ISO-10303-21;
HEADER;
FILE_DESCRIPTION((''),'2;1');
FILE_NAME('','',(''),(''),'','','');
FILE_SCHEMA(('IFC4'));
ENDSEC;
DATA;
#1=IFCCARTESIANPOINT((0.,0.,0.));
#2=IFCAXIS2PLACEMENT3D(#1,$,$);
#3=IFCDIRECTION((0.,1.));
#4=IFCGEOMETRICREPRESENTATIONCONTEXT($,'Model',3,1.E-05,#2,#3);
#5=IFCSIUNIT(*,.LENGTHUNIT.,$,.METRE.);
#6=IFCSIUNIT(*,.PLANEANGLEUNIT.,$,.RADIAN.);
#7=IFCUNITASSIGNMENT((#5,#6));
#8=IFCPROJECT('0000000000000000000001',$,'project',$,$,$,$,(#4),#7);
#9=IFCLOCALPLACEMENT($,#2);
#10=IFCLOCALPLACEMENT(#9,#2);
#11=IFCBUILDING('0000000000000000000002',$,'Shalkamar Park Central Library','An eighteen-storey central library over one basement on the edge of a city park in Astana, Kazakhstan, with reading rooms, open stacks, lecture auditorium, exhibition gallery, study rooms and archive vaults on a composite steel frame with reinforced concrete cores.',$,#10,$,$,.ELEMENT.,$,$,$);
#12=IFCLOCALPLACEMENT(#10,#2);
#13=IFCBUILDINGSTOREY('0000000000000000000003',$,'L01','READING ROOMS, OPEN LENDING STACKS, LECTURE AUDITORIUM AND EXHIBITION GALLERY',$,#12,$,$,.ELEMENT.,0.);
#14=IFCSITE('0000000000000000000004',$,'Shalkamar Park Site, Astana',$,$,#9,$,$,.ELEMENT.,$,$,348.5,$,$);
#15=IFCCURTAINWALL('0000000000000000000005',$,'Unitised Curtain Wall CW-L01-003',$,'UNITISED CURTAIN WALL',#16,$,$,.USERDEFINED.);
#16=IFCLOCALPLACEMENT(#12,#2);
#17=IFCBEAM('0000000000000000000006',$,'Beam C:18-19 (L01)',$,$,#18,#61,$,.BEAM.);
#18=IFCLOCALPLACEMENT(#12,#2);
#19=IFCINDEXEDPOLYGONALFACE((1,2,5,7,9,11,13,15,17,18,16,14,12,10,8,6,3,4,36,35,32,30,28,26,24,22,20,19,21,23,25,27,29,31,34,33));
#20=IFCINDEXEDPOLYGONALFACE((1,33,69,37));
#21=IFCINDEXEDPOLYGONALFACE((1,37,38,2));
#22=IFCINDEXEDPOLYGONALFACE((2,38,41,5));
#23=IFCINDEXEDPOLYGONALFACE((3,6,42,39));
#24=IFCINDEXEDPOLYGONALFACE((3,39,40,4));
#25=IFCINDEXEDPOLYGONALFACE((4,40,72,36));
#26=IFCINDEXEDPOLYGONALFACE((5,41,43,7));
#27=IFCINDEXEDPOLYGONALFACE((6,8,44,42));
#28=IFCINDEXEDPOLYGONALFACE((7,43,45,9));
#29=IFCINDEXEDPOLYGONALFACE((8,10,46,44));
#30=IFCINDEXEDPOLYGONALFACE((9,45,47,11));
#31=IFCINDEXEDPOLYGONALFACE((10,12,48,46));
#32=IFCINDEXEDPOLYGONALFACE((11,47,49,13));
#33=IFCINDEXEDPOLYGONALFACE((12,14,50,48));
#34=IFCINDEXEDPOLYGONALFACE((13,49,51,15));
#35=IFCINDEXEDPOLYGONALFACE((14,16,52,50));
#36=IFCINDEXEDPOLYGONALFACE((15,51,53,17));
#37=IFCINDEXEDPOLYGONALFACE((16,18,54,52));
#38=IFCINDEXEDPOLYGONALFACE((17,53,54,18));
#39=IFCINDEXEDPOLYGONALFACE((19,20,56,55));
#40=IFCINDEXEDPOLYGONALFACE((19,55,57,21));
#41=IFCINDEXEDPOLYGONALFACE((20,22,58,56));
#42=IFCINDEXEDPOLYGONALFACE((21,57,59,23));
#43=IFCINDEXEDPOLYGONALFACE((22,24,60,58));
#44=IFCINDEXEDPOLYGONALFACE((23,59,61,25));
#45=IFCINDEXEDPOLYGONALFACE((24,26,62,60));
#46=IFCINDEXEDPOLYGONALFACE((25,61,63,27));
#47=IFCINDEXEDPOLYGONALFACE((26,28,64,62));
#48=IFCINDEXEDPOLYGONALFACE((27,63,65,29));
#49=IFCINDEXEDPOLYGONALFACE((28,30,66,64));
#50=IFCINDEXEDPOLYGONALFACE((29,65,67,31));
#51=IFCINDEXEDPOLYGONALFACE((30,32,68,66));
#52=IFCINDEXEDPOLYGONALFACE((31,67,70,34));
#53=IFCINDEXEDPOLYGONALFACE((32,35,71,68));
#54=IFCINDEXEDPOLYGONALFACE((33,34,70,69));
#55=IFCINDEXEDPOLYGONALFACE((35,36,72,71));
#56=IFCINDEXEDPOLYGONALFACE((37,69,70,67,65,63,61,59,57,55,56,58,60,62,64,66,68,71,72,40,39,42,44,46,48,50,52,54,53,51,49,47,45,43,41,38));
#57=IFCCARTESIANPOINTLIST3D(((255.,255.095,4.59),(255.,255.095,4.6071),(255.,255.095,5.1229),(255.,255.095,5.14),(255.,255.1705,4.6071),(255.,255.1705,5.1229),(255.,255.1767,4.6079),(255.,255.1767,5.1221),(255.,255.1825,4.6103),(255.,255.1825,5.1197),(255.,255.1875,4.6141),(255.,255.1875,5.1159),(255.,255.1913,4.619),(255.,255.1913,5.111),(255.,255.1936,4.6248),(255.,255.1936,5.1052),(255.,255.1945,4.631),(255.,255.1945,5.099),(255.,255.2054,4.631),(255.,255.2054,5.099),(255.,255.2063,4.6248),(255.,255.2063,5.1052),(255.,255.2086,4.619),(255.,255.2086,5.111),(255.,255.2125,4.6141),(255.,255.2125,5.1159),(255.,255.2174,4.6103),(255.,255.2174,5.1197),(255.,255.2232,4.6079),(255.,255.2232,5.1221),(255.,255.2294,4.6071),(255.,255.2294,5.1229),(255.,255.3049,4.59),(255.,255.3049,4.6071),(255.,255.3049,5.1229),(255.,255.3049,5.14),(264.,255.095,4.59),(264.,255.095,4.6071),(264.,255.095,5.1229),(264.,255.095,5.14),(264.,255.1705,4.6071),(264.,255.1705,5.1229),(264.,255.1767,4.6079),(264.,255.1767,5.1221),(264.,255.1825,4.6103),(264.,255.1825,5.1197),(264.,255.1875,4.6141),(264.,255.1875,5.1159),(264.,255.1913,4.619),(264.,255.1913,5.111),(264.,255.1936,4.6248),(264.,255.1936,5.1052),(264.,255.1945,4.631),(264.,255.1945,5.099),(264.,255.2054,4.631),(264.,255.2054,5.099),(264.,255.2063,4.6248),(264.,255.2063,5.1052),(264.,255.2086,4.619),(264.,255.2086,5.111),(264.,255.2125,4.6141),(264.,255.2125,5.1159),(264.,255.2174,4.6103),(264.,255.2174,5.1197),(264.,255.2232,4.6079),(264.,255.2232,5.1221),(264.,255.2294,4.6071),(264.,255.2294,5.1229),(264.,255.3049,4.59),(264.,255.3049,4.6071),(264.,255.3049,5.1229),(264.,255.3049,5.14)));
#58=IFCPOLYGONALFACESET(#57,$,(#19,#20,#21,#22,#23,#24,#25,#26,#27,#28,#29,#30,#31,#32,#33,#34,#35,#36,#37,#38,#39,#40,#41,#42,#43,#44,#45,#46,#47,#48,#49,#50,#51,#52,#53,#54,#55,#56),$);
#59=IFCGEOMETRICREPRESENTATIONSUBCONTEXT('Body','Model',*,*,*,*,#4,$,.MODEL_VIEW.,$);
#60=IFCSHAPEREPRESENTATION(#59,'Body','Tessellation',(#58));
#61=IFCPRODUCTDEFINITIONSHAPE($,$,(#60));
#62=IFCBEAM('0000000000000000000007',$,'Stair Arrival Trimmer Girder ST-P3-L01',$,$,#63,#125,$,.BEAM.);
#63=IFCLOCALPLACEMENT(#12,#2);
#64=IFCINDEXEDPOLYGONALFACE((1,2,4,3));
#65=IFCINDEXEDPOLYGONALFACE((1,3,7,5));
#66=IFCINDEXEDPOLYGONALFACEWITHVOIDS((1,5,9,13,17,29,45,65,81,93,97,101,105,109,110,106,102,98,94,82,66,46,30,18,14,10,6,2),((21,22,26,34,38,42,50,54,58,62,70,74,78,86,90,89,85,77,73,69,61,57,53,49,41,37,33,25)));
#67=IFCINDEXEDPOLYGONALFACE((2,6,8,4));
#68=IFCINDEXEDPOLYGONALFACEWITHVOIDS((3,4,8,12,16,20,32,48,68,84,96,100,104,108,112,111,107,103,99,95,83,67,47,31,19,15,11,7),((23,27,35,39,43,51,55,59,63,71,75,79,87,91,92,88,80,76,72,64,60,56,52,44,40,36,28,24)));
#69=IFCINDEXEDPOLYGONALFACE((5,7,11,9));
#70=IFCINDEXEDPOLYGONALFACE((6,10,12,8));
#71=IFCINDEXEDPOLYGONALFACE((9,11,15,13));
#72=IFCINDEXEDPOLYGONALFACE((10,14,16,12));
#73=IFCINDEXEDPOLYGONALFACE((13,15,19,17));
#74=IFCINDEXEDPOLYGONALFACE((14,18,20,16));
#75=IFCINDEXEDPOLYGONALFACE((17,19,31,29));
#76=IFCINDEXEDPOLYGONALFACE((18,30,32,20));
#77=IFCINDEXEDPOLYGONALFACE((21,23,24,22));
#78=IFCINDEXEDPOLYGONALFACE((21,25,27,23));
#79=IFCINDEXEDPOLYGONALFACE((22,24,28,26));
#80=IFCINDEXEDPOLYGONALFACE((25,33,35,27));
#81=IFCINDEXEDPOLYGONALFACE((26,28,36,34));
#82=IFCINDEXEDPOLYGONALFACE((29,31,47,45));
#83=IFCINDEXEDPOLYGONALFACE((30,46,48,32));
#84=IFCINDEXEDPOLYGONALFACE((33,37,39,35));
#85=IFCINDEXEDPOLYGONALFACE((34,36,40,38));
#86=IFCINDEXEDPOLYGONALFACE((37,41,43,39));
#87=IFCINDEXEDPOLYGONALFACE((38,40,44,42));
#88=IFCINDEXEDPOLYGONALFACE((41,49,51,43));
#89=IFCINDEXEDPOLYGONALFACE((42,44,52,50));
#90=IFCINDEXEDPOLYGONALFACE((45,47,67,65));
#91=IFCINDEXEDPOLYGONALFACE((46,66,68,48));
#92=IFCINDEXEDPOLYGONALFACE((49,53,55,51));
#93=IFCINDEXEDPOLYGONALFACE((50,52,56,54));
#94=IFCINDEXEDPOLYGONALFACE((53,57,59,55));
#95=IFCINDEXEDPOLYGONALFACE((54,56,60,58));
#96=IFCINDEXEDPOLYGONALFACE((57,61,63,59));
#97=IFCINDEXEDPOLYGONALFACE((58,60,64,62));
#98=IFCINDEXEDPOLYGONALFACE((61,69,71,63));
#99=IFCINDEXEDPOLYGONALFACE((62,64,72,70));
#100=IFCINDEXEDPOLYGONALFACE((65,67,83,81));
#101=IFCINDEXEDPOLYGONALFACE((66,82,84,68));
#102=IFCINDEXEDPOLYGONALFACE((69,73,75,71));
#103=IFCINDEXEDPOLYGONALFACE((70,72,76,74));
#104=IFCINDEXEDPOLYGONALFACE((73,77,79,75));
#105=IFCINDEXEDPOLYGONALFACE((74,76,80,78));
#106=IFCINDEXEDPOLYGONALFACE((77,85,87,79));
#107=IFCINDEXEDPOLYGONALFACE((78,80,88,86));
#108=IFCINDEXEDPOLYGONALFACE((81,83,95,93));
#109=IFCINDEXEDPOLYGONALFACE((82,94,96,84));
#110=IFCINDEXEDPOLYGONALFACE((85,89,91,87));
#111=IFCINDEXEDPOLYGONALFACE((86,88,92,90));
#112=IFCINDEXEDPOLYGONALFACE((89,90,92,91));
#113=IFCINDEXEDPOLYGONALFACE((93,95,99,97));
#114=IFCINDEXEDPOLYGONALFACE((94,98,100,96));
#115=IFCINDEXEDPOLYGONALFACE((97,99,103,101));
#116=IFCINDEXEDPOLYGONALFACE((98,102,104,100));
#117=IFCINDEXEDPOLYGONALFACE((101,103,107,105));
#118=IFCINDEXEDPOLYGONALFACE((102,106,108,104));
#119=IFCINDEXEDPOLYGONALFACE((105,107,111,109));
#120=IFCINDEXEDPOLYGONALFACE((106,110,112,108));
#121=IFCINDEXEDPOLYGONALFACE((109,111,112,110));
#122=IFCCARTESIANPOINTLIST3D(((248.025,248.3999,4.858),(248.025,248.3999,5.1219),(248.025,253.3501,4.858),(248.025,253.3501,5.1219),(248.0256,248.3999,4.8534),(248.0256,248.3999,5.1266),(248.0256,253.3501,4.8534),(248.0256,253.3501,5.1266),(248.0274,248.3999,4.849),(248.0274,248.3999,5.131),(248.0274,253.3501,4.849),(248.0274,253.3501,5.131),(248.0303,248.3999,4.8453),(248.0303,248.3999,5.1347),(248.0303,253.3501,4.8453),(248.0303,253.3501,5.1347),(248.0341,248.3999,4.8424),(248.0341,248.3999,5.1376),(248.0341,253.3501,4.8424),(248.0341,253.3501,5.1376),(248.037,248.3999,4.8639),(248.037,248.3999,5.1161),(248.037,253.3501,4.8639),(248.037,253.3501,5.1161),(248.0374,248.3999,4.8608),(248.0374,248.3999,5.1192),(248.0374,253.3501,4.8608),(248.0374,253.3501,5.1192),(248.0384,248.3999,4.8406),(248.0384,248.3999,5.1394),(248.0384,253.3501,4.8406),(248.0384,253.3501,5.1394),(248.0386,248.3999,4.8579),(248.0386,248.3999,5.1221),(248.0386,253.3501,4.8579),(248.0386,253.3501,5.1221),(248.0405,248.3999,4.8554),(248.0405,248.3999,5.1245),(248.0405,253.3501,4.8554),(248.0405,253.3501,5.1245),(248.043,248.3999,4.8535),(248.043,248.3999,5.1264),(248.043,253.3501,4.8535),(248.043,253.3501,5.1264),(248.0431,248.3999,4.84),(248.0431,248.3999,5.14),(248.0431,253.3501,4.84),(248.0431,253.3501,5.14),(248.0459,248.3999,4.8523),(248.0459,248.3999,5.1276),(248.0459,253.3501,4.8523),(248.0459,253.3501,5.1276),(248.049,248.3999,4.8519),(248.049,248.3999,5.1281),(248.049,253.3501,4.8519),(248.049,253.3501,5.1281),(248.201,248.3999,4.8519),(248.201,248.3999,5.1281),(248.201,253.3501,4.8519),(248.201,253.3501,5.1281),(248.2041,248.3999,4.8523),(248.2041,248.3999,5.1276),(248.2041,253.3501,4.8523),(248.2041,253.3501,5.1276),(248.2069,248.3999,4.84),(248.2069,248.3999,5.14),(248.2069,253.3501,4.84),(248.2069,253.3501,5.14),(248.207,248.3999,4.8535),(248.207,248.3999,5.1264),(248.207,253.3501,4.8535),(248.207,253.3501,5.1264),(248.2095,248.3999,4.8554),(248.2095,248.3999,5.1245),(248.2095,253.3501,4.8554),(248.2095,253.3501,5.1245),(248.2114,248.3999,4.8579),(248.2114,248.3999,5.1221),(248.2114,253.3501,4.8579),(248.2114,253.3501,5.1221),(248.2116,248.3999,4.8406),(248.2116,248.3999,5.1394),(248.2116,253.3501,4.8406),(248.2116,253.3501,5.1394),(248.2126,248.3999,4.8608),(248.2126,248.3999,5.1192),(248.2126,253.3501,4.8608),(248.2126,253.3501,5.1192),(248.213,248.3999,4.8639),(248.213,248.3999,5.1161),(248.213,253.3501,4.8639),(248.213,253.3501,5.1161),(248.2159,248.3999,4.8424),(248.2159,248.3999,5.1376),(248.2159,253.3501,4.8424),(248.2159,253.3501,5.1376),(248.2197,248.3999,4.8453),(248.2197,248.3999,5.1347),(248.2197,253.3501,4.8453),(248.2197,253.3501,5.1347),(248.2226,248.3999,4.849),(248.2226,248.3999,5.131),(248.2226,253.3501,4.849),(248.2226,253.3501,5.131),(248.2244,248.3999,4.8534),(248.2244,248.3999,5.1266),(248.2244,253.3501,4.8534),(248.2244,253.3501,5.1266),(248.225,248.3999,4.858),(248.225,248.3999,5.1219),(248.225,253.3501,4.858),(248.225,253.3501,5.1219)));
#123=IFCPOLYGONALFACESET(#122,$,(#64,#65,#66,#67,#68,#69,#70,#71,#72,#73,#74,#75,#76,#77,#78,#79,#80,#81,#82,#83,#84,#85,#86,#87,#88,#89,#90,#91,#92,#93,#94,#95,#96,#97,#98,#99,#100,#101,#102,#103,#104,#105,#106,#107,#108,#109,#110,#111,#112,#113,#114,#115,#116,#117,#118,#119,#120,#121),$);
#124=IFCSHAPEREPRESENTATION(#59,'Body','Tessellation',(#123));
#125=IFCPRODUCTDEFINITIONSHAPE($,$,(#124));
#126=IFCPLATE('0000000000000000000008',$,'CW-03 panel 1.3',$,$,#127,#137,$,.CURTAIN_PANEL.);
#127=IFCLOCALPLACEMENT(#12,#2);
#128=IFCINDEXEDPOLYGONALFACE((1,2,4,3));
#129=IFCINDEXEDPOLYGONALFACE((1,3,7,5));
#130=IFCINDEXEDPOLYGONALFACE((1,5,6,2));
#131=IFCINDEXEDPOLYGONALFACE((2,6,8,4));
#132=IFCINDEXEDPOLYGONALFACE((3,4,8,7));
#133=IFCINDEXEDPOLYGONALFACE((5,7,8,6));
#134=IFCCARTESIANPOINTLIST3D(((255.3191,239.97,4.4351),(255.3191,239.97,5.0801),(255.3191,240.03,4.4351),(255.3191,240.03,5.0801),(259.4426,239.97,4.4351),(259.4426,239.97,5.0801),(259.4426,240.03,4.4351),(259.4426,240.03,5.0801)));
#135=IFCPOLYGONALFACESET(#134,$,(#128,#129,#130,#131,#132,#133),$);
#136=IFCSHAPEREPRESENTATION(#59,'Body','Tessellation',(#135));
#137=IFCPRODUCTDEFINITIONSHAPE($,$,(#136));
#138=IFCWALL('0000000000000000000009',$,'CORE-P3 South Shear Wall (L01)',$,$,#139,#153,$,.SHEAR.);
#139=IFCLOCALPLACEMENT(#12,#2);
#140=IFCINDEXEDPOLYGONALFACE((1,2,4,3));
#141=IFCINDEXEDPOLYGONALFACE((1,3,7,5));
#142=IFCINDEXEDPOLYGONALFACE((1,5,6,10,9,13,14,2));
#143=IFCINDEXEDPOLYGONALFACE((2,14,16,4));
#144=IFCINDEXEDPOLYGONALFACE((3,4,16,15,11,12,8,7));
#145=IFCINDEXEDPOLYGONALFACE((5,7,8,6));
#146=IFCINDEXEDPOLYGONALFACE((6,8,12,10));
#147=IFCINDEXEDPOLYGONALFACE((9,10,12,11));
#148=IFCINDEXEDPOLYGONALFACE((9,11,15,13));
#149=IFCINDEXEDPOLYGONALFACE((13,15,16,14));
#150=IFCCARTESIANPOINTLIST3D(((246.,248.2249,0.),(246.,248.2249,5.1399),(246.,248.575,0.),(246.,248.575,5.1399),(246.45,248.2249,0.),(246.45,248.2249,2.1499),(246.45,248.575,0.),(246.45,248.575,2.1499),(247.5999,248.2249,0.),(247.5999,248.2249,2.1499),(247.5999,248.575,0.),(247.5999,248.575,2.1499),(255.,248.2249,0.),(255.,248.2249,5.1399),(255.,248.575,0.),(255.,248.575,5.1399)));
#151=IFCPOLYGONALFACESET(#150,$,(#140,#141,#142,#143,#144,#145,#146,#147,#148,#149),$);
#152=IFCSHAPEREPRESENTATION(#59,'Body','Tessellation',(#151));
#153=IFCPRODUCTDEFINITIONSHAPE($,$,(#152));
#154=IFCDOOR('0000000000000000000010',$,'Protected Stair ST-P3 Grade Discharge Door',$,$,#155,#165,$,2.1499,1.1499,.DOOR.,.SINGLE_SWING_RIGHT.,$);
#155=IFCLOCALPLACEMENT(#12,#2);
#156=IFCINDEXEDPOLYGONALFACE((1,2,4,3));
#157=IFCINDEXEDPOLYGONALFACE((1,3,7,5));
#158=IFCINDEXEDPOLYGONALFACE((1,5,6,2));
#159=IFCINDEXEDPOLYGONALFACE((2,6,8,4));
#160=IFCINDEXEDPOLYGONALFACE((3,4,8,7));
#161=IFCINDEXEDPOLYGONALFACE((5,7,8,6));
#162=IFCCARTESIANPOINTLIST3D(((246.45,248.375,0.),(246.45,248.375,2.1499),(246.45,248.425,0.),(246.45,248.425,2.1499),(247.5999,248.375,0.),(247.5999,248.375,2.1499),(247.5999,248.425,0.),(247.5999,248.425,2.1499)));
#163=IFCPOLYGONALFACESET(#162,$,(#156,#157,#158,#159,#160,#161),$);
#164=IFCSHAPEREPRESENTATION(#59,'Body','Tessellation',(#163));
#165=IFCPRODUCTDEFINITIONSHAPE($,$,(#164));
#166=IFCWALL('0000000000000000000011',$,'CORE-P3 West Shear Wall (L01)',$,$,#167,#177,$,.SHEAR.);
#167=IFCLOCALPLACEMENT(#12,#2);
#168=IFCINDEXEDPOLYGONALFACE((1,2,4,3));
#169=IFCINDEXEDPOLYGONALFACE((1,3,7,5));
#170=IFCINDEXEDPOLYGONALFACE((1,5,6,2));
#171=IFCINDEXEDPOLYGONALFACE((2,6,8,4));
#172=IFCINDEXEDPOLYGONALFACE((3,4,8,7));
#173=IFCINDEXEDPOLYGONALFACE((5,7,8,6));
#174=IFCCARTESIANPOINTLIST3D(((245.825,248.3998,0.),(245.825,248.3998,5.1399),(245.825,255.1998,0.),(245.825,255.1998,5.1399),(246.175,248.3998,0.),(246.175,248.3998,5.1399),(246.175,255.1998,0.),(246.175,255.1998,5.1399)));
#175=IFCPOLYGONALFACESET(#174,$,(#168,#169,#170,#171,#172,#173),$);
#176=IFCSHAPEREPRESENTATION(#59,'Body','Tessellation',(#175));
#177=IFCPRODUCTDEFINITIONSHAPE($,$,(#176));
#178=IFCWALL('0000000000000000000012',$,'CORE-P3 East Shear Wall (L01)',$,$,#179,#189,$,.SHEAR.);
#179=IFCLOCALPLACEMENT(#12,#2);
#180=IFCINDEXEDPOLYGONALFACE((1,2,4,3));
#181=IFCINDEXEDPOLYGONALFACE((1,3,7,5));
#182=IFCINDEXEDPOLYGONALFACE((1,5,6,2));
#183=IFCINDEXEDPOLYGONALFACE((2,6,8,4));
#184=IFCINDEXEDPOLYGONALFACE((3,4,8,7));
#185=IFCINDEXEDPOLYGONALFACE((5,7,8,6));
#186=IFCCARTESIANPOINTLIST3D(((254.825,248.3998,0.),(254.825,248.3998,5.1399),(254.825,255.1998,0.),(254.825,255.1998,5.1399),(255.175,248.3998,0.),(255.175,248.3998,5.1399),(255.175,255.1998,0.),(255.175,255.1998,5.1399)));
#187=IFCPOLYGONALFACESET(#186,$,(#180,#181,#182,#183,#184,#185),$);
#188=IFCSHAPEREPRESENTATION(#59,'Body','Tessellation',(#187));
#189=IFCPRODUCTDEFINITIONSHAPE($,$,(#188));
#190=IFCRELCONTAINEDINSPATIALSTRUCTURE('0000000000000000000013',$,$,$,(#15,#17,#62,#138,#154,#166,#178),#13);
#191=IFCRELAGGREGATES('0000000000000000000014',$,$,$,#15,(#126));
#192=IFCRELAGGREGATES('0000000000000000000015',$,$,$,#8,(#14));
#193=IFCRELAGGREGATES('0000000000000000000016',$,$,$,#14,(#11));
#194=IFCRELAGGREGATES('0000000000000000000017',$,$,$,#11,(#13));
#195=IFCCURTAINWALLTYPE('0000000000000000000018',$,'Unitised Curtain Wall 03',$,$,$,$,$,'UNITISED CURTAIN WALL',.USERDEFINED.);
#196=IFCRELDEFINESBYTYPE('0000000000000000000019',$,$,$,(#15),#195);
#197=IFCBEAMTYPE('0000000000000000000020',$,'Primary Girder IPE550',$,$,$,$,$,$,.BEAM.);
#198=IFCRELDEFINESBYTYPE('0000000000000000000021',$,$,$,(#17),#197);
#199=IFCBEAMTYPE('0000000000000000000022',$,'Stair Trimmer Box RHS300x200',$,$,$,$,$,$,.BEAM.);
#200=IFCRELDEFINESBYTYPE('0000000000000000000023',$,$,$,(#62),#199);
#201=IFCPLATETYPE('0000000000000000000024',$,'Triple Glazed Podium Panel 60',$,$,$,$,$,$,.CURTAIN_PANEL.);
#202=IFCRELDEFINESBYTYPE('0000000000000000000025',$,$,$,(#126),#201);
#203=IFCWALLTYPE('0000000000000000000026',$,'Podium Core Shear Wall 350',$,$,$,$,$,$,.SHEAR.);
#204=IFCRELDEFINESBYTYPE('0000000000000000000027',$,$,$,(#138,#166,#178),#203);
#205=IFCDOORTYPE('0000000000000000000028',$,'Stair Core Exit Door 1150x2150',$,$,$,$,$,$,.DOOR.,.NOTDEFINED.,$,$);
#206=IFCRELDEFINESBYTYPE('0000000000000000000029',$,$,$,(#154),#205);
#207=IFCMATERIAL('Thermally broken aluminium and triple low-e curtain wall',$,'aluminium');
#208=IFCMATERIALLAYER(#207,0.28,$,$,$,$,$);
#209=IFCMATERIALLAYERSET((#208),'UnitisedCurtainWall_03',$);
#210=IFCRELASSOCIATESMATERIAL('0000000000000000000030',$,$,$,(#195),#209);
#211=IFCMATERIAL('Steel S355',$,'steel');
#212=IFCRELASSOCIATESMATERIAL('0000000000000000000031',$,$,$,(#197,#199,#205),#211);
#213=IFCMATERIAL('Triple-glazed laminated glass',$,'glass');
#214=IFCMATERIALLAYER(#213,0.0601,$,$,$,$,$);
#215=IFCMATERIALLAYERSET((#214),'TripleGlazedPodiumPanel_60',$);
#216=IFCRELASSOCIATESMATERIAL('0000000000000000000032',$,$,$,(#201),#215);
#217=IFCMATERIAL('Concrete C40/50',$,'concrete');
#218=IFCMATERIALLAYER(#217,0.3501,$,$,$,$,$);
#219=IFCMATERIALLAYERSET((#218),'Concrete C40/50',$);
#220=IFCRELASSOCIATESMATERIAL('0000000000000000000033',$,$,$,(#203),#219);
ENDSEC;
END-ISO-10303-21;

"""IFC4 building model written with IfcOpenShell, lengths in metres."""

from ifc_helpers import new_model, si_unit, direction, frame, frame_2d, origin, origin_2d, place, context, subcontext, project, spatial, rectangle, hollow_rectangle, i_section, extrude, material, layer, layer_set, material_profile, profile_set, type_object, element, fill, aggregate, save


model = new_model("IFC4")

# Units and contexts
model_context = context("Model", 3, precision=1e-05, world=origin(), true_north=direction((0.0, 1.0)))
body_context = subcontext(model_context, "Body", "Model", "MODEL_VIEW")
ifc_project = project(units=[si_unit("LENGTHUNIT", "METRE"), si_unit("PLANEANGLEUNIT", "RADIAN")], contexts=[model_context])

# Site, building, storey
site_placement = place(None, origin())
site = spatial("IfcSite", under=ifc_project, at=site_placement, Name="Shalkamar Park Site, Astana", CompositionType="ELEMENT", RefElevation=348.5)
building_placement = place(site_placement, origin())
building = spatial("IfcBuilding", under=site, at=building_placement, Name="Shalkamar Park Central Library", Description="An eighteen-storey central library over one basement on the edge of a city park in Astana, Kazakhstan, with reading rooms, open stacks, lecture auditorium, exhibition gallery, study rooms and archive vaults on a composite steel frame with reinforced concrete cores.", CompositionType="ELEMENT")
storey_placement = place(building_placement, origin())
storey = spatial("IfcBuildingStorey", under=building, at=storey_placement, Name="L01", Description="READING ROOMS, OPEN LENDING STACKS, LECTURE AUDITORIUM AND EXHIBITION GALLERY", CompositionType="ELEMENT", Elevation=0.0)

# Shared definitions
ifc_material_1 = material(Name="Steel S355", Category="steel")

# Curtain wall
ifc_material_2 = material(Name="Thermally broken aluminium and triple low-e curtain wall", Category="aluminium")
ifc_layer_1 = layer(ifc_material_2, 0.28)
ifc_layer_set_1 = layer_set([ifc_layer_1], Name="UnitisedCurtainWall_03")
curtain_wall_type = type_object("IfcCurtainWallType", Name="Unitised Curtain Wall 03", ElementType="UNITISED CURTAIN WALL", PredefinedType="USERDEFINED", material=ifc_layer_set_1)
curtain_wall_placement = place(storey_placement, origin())
curtain_wall = element("IfcCurtainWall", 1, at=curtain_wall_placement, inside=storey, type_object=curtain_wall_type, Name="Unitised Curtain Wall CW-L01-003", ObjectType="UNITISED CURTAIN WALL", PredefinedType="USERDEFINED")

# Beams
ifc_material_profile_1 = material_profile(ifc_material_1, i_section(OverallWidth=0.21, OverallDepth=0.55, WebThickness=0.011, FlangeThickness=0.0171, FilletRadius=0.0239, at=origin_2d()), Name="IPE 550")
ifc_profile_set_1 = profile_set([ifc_material_profile_1], Name="Steel S355")
beam_type_1 = type_object("IfcBeamType", Name="Primary Girder IPE550", PredefinedType="BEAM", material=ifc_profile_set_1)
for number, where, z_axis, x_axis, name in (
    (2, (255.0, 255.2, 4.865), (1.0, 0.0, 0.0), (0.0, 1.0, 0.0), "Beam C:18-19 (L01)"),
):
    element("IfcBeam", number, at=place(storey_placement, frame(where, z_axis=z_axis, x_axis=x_axis)), inside=storey, type_object=beam_type_1, Name=name, PredefinedType="BEAM", context=body_context, shape_type="SweptSolid", body=[
        extrude(i_section(OverallWidth=0.21, OverallDepth=0.55, WebThickness=0.011, FlangeThickness=0.0171, FilletRadius=0.0239, at=origin_2d()), origin(), (0.0, 0.0, 1.0), 9.0),
    ])
ifc_material_profile_2 = material_profile(ifc_material_1, hollow_rectangle(XDim=0.2, YDim=0.3, WallThickness=0.012, InnerFilletRadius=0.012, OuterFilletRadius=0.0181, at=origin_2d()), Name="RHS 300x200x12")
ifc_profile_set_2 = profile_set([ifc_material_profile_2], Name="Steel S355")
beam_type_2 = type_object("IfcBeamType", Name="Stair Trimmer Box RHS300x200", PredefinedType="BEAM", material=ifc_profile_set_2)
beam_1_placement = place(storey_placement, frame((248.125, 248.3999, 4.99), z_axis=(0.0, 1.0, 0.0), x_axis=(-1.0, 0.0, 0.0)))
element("IfcBeam", 3, at=beam_1_placement, inside=storey, type_object=beam_type_2, Name="Stair Arrival Trimmer Girder ST-P3-L01", PredefinedType="BEAM", context=body_context, shape_type="SweptSolid", body=[
    extrude(hollow_rectangle(XDim=0.2, YDim=0.3, WallThickness=0.012, InnerFilletRadius=0.012, OuterFilletRadius=0.0181, at=origin_2d()), origin(), (0.0, 0.0, 1.0), 4.9502),
])

# Plate
ifc_material_3 = material(Name="Triple-glazed laminated glass", Category="glass")
ifc_layer_2 = layer(ifc_material_3, 0.0601)
ifc_layer_set_2 = layer_set([ifc_layer_2], Name="TripleGlazedPodiumPanel_60")
plate_type = type_object("IfcPlateType", Name="Triple Glazed Podium Panel 60", PredefinedType="CURTAIN_PANEL", material=ifc_layer_set_2)
plate_placement = place(storey_placement, frame((257.3809, 240.0, 4.4351), z_axis=(0.0, 0.0, 1.0), x_axis=(1.0, 0.0, 0.0)))
plate = element("IfcPlate", 4, at=plate_placement, type_object=plate_type, Name="CW-03 panel 1.3", PredefinedType="CURTAIN_PANEL", context=body_context, shape_type="SweptSolid", body=[
    extrude(rectangle(XDim=4.1235, YDim=0.0601, at=origin_2d()), origin(), (0.0, 0.0, 1.0), 0.645),
])
aggregate(curtain_wall, [plate])

# Wall, opening, door
ifc_material_4 = material(Name="Concrete C40/50", Category="concrete")
ifc_layer_3 = layer(ifc_material_4, 0.3501)
ifc_layer_set_3 = layer_set([ifc_layer_3], Name="Concrete C40/50")
wall_type = type_object("IfcWallType", Name="Podium Core Shear Wall 350", PredefinedType="SHEAR", material=ifc_layer_set_3)
wall_1_placement = place(storey_placement, frame((246.0, 248.3999, 0.0), z_axis=(0.0, 0.0, 1.0), x_axis=(1.0, 0.0, 0.0)))
wall_1 = element("IfcWall", 5, at=wall_1_placement, inside=storey, type_object=wall_type, Name="CORE-P3 South Shear Wall (L01)", PredefinedType="SHEAR", context=body_context, shape_type="SweptSolid", body=[
    extrude(rectangle(XDim=9.0, YDim=0.3501, at=frame_2d((4.5, 0.0))), origin(), (0.0, 0.0, 1.0), 5.1399),
])
opening_1_placement = place(wall_1_placement, frame((0.45, 0.0, 0.0)))
opening_1 = element("IfcOpeningElement", 6, at=opening_1_placement, cuts=wall_1, PredefinedType="OPENING", context=body_context, shape_type="SweptSolid", body=[
    extrude(rectangle(XDim=1.1499, YDim=2.1499, at=frame_2d((0.575, 1.075))), frame((0.0, 0.1899, 0.0), z_axis=(0.0, -1.0, 0.0), x_axis=(1.0, 0.0, 0.0)), (0.0, 0.0, 1.0), 0.3799),
])
door_type = type_object("IfcDoorType", Name="Stair Core Exit Door 1150x2150", OperationType="NOTDEFINED", PredefinedType="DOOR", material=ifc_material_1)
door_1_placement = place(opening_1_placement, frame((1.1499, 0.0, 0.0), z_axis=(0.0, 0.0, 1.0), x_axis=(-1.0, 0.0, 0.0)))
door_1 = element("IfcDoor", 7, at=door_1_placement, inside=storey, type_object=door_type, Name="Protected Stair ST-P3 Grade Discharge Door", OperationType="SINGLE_SWING_RIGHT", OverallHeight=2.1499, OverallWidth=1.1499, PredefinedType="DOOR", context=body_context, shape_type="SweptSolid", body=[
    extrude(rectangle(XDim=1.1499, YDim=2.1499, at=frame_2d((0.575, 1.075))), frame((0.0, 0.0249, 0.0), z_axis=(0.0, -1.0, 0.0), x_axis=(1.0, 0.0, 0.0)), (0.0, 0.0, 1.0), 0.05),
])
fill(opening_1, door_1)

# Walls
for number, where, z_axis, x_axis, name in (
    (8, (246.0, 248.3999, 0.0), (0.0, 0.0, 1.0), (0.0, 1.0, 0.0), "CORE-P3 West Shear Wall (L01)"),
    (9, (255.0, 248.3999, 0.0), (0.0, 0.0, 1.0), (0.0, 1.0, 0.0), "CORE-P3 East Shear Wall (L01)"),
):
    element("IfcWall", number, at=place(storey_placement, frame(where, z_axis=z_axis, x_axis=x_axis)), inside=storey, type_object=wall_type, Name=name, PredefinedType="SHEAR", context=body_context, shape_type="SweptSolid", body=[
        extrude(rectangle(XDim=6.8, YDim=0.3501, at=frame_2d((3.3999, 0.0))), origin(), (0.0, 0.0, 1.0), 5.1399),
    ])

save(model, "model.ifc")
